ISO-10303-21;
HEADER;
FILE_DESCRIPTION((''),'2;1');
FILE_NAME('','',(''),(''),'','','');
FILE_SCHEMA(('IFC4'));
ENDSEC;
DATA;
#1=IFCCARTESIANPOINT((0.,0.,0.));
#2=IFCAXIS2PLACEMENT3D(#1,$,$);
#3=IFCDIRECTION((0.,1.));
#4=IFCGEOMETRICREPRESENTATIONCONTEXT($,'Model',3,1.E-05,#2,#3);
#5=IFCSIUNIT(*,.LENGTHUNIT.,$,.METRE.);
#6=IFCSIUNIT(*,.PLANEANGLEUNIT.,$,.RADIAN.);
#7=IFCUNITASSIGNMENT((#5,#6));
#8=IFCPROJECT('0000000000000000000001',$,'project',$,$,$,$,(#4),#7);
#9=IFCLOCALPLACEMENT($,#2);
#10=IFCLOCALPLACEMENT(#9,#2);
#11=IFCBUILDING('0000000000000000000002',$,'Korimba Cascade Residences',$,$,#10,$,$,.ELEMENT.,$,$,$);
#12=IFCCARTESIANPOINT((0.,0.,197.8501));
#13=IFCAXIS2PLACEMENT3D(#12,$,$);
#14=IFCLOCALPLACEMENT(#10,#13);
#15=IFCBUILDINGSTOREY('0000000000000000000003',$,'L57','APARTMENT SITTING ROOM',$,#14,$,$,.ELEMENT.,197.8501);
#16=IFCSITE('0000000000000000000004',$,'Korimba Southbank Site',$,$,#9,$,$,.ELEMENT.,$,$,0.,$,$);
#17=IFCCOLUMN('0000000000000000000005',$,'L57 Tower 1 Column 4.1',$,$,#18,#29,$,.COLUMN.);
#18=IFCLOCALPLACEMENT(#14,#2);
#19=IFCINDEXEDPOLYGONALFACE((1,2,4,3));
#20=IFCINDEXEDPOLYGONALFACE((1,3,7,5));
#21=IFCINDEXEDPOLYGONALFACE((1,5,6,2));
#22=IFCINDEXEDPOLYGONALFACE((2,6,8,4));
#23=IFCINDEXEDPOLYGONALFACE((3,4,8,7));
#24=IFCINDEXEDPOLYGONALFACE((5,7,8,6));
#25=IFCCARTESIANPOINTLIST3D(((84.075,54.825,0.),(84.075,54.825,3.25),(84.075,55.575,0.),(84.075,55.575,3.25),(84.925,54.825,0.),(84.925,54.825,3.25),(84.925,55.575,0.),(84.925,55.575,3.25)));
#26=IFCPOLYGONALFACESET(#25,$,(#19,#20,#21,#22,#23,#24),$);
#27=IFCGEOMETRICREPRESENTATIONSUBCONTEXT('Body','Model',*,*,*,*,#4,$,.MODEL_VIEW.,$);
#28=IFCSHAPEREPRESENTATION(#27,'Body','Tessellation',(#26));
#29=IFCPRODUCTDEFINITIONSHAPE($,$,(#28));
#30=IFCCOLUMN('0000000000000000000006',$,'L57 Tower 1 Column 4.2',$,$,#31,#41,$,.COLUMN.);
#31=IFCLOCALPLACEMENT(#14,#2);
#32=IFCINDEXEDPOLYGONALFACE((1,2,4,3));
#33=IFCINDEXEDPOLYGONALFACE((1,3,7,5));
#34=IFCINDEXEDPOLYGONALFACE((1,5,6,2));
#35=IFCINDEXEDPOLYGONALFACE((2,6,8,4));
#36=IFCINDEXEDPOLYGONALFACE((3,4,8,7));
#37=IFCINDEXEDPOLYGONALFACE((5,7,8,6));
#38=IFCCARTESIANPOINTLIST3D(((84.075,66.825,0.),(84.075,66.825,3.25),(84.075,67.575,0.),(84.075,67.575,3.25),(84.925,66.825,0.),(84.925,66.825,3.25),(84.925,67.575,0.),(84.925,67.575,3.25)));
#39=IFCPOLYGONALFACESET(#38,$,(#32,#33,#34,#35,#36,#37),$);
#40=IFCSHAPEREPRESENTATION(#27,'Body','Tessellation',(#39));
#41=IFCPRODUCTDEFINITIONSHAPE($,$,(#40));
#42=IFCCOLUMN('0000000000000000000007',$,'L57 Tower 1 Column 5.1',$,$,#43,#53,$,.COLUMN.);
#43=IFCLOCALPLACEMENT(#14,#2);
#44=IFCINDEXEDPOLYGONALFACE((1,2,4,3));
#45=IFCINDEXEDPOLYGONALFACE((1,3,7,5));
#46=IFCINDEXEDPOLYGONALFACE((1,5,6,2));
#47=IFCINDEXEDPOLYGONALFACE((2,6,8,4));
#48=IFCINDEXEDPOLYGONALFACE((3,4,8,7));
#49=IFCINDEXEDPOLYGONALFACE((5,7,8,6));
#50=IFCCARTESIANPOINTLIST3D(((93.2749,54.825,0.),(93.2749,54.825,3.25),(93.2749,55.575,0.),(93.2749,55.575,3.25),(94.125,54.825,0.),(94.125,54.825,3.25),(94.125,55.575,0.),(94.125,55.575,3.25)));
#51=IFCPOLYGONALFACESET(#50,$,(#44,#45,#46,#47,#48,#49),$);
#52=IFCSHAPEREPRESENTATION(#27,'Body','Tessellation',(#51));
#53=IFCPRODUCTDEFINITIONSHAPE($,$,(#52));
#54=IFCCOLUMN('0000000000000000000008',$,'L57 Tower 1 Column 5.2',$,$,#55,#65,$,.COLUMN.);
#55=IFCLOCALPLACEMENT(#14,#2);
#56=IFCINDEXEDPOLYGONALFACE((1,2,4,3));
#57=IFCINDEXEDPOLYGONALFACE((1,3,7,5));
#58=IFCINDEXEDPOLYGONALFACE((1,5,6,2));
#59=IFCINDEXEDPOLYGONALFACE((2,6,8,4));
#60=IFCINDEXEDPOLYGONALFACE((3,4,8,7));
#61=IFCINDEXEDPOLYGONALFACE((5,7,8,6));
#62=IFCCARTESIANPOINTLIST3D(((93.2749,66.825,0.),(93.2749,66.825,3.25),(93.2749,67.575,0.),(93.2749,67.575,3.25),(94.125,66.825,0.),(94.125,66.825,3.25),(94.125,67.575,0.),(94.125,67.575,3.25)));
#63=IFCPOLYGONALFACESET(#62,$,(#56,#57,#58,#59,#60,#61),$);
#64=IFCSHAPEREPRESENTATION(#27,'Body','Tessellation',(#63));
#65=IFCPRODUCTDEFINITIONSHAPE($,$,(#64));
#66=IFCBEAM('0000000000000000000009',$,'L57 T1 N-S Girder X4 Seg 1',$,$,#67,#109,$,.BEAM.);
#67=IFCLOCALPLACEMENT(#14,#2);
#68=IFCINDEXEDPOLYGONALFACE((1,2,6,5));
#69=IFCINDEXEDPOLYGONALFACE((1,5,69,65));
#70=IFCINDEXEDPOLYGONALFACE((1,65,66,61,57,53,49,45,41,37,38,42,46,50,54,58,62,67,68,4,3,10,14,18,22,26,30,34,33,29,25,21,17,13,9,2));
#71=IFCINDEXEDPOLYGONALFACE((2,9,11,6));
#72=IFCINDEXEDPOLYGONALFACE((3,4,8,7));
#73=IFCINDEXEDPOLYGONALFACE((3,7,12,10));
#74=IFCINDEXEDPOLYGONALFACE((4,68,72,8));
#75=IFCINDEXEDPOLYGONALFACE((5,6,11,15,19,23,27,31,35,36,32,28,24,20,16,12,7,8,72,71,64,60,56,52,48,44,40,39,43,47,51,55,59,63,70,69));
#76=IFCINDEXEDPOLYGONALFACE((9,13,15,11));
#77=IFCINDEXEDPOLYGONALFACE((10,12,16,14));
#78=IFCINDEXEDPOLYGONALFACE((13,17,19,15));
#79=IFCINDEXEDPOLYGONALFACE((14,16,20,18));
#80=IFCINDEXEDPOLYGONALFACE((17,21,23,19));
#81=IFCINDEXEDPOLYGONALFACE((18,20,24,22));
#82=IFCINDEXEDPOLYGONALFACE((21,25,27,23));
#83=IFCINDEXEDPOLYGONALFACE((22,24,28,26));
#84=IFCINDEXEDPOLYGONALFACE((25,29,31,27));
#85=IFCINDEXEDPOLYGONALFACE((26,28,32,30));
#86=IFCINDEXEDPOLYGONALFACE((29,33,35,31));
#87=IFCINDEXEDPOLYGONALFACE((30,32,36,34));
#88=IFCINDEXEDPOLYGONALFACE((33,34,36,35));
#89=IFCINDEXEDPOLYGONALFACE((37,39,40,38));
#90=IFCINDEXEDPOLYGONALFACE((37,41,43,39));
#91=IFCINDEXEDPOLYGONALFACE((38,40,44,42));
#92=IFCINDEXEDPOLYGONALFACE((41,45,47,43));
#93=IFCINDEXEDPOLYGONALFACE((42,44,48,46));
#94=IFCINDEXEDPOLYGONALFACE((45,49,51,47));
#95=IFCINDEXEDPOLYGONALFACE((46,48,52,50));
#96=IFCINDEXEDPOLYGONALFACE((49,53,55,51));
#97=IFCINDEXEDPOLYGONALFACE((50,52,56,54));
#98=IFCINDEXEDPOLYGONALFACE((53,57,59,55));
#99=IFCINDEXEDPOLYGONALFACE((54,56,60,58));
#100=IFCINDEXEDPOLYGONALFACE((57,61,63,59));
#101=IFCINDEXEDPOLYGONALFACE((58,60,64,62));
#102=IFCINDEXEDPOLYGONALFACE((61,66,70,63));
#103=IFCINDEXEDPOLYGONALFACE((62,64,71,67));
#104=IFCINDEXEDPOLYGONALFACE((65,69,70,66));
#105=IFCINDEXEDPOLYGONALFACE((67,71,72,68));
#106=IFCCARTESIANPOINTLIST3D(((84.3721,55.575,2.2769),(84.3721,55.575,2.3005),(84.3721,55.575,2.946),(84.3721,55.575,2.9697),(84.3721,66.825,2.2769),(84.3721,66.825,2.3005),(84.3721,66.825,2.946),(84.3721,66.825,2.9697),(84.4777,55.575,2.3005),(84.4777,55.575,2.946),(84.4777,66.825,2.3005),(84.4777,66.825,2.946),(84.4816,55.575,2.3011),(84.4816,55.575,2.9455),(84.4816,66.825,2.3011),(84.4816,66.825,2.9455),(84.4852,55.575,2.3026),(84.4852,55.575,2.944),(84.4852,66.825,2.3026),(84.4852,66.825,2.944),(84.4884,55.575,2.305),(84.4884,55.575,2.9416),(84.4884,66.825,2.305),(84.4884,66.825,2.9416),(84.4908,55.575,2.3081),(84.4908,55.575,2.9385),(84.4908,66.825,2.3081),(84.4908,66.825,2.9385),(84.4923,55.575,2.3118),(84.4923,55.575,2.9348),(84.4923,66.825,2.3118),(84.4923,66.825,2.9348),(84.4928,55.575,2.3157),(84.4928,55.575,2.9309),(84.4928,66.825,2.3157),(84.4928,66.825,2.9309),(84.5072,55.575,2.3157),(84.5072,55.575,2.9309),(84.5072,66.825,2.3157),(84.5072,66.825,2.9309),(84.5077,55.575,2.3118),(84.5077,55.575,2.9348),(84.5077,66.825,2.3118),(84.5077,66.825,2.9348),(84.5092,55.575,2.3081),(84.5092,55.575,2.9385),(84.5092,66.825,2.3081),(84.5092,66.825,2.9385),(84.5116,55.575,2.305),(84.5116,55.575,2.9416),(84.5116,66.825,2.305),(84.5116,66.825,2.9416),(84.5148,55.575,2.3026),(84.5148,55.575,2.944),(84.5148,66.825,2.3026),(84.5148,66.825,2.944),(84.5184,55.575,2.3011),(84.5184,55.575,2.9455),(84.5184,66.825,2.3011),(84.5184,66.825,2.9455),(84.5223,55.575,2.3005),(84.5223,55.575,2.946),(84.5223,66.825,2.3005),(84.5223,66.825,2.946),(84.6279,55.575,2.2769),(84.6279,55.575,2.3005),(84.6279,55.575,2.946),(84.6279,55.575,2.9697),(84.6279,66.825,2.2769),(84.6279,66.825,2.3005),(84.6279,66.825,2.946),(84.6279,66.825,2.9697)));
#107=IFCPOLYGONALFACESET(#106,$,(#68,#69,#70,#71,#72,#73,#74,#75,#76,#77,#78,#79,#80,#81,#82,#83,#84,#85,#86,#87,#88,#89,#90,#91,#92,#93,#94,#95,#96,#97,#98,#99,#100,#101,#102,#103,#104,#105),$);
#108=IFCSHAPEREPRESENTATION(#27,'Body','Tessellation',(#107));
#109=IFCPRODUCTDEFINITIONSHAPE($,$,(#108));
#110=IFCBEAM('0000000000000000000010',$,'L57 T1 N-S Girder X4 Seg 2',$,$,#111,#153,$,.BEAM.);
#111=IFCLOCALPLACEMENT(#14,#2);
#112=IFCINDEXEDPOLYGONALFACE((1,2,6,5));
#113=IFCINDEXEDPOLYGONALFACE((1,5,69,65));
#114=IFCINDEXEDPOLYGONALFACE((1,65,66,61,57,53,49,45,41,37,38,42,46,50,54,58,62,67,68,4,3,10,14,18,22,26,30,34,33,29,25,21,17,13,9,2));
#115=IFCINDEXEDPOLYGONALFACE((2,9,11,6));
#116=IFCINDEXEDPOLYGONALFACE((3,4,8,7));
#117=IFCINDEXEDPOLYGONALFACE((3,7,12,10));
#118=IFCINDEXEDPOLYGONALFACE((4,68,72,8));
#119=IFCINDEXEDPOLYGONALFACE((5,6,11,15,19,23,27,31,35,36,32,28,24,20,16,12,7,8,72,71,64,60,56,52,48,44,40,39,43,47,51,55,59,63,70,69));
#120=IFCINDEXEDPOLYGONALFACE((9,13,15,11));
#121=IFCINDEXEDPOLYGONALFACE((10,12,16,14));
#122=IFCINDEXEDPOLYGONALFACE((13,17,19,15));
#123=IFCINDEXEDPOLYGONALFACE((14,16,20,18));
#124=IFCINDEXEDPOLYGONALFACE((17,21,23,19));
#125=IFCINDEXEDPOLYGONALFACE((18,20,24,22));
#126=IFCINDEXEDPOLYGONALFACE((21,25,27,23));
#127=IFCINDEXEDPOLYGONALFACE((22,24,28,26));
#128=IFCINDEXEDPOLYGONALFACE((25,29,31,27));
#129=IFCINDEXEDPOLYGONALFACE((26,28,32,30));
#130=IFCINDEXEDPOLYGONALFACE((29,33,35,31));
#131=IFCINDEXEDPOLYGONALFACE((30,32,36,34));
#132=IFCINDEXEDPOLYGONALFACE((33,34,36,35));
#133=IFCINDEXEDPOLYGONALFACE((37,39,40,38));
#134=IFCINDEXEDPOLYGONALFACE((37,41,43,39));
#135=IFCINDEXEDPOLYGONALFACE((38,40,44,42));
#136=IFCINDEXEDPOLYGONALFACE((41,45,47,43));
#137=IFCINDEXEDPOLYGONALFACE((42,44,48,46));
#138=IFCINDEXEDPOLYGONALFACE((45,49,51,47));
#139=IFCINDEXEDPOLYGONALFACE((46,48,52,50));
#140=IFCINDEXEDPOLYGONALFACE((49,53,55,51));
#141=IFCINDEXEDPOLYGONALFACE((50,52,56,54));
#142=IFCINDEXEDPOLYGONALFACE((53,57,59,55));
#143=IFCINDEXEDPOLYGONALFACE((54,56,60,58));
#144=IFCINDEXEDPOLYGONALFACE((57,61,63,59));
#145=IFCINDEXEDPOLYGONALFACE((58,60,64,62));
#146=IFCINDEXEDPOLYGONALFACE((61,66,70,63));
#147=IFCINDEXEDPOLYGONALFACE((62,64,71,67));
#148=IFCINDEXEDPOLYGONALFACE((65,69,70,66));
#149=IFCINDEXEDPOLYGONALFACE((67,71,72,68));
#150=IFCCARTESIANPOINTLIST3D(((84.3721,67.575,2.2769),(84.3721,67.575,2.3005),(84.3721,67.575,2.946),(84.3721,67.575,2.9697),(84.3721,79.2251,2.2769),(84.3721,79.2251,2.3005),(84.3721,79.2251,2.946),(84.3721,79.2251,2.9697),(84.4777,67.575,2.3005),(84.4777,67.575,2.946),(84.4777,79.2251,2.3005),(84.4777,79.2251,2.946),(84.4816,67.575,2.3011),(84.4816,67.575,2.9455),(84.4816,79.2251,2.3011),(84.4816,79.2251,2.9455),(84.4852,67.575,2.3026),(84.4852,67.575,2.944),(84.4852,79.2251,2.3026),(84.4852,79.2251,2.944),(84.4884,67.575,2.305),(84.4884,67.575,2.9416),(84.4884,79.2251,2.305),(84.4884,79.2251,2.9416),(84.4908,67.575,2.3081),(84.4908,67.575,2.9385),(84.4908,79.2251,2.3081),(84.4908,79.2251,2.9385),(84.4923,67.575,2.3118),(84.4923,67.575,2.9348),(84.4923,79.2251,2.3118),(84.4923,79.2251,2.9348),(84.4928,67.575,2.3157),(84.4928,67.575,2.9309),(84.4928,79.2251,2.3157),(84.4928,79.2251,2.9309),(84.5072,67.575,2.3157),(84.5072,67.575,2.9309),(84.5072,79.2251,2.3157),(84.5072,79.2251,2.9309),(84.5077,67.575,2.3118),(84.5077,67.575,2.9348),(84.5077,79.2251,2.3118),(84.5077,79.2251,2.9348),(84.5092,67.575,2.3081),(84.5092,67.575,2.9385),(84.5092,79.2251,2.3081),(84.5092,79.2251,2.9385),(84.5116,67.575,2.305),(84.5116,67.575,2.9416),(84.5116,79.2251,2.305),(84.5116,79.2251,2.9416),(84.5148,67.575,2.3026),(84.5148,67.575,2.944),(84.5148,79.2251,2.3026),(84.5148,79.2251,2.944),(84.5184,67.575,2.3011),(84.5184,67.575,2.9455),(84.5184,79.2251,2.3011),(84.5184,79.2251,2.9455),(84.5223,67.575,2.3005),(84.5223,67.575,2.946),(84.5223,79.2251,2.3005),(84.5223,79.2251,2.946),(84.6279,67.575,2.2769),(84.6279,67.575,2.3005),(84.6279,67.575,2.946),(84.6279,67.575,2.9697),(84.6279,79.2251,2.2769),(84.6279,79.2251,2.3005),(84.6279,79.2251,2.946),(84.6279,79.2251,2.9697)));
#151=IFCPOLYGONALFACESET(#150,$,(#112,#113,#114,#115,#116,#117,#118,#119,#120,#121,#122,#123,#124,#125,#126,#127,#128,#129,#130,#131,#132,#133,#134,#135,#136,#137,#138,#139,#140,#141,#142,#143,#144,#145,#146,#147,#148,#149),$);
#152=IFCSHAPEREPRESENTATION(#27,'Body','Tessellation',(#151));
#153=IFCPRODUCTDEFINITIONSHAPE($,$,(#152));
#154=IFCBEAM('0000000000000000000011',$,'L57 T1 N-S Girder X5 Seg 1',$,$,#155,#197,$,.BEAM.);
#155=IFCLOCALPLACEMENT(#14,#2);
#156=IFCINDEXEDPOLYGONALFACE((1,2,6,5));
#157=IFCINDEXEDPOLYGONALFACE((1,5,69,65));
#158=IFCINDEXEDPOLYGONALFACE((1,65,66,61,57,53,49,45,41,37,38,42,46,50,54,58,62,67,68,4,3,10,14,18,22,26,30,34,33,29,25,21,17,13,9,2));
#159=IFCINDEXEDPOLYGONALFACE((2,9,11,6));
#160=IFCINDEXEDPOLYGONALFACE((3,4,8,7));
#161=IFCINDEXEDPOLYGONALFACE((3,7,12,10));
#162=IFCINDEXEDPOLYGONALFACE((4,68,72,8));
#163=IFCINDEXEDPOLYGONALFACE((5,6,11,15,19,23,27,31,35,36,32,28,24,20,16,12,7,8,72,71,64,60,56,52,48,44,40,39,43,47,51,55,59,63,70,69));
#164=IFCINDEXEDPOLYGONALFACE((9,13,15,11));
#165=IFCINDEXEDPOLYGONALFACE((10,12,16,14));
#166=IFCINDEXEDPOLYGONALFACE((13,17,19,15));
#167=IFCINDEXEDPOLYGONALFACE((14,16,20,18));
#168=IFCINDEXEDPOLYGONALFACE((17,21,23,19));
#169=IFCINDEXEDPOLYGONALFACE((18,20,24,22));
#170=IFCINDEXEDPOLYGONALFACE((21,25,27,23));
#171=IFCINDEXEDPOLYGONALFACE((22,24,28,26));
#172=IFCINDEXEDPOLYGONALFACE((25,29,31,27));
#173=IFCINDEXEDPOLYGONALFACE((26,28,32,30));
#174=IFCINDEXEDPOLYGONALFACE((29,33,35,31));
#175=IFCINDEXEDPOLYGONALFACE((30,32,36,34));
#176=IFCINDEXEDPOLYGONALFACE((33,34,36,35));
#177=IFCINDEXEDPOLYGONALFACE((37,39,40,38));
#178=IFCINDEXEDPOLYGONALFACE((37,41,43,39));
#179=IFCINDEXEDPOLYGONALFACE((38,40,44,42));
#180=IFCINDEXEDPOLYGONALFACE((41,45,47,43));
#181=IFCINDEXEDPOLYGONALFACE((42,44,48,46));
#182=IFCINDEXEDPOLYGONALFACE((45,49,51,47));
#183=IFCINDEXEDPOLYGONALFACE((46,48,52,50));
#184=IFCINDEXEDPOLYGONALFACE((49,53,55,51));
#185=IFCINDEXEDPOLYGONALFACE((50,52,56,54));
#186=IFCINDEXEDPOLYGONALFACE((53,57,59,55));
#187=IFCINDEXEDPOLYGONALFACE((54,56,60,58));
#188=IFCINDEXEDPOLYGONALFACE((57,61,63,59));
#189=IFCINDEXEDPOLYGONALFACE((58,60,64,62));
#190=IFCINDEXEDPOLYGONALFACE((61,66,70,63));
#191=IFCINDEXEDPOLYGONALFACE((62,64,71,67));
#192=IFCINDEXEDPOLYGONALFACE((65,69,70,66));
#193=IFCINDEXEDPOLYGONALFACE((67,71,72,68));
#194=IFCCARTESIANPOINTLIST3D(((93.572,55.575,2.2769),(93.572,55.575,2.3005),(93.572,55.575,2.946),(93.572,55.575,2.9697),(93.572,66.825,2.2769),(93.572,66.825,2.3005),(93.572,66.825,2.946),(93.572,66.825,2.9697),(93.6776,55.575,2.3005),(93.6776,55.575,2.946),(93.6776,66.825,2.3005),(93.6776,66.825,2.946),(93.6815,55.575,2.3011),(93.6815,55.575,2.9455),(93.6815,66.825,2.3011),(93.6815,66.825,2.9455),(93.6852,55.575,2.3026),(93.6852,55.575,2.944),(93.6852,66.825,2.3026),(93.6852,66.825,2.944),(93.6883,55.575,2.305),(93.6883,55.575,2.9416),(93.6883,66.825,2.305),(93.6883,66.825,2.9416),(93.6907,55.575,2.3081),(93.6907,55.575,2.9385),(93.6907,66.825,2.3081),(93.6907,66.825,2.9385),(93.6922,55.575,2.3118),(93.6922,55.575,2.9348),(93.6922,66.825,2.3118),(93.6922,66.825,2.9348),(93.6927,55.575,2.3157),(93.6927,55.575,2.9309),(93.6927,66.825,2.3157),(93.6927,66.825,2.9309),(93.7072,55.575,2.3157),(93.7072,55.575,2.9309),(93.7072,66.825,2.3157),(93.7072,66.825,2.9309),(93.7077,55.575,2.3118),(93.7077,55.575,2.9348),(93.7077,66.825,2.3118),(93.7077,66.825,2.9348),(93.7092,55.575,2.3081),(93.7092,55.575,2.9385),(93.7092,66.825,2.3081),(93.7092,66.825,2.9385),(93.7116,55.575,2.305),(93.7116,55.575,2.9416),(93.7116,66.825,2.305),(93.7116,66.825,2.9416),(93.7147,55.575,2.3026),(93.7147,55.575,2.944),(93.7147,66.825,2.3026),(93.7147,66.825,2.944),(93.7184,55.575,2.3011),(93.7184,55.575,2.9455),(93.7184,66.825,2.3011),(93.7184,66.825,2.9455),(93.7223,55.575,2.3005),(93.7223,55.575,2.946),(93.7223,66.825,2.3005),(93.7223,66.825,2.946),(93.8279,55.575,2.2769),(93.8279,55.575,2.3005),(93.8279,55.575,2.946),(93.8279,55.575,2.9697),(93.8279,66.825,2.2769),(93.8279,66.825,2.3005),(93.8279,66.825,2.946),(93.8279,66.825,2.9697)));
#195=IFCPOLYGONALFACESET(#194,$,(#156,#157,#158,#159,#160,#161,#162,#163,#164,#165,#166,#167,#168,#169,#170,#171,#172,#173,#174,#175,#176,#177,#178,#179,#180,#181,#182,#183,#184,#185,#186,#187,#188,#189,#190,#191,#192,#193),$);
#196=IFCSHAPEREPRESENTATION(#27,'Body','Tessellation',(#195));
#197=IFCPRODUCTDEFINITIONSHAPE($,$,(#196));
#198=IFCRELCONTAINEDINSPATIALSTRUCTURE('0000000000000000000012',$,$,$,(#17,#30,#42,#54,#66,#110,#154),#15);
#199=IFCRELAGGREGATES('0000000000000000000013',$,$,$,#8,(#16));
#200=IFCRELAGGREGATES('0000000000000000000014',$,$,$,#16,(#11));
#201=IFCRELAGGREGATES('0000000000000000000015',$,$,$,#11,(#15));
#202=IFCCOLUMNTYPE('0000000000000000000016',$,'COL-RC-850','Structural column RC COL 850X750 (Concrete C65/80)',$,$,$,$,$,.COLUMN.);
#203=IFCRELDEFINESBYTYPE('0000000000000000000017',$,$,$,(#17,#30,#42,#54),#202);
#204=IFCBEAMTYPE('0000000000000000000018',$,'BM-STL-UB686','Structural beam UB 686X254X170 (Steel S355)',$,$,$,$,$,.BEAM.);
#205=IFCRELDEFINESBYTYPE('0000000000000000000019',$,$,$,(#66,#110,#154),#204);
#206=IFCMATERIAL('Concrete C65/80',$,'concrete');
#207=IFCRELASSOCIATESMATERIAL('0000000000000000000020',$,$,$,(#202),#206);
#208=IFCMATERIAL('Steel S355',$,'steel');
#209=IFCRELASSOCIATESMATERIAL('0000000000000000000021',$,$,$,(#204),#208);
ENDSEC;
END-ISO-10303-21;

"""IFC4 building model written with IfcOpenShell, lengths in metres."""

from ifc_helpers import new_model, si_unit, direction, frame, origin, origin_2d, place, context, subcontext, project, spatial, rectangle, i_section, extrude, material, material_profile, profile_set, type_object, element, save


model = new_model("IFC4")

# Units and contexts
model_context = context("Model", 3, precision=1e-05, world=origin(), true_north=direction((0.0, 1.0)))
body_context = subcontext(model_context, "Body", "Model", "MODEL_VIEW")
ifc_project = project(units=[si_unit("LENGTHUNIT", "METRE"), si_unit("PLANEANGLEUNIT", "RADIAN")], contexts=[model_context])

# Site, building, storey
site_placement = place(None, origin())
site = spatial("IfcSite", under=ifc_project, at=site_placement, Name="Korimba Southbank Site", CompositionType="ELEMENT", RefElevation=0.0)
building_placement = place(site_placement, origin())
building = spatial("IfcBuilding", under=site, at=building_placement, Name="Korimba Cascade Residences", CompositionType="ELEMENT")
storey_placement = place(building_placement, frame((0.0, 0.0, 197.8501)))
storey = spatial("IfcBuildingStorey", under=building, at=storey_placement, Name="L57", Description="APARTMENT SITTING ROOM", CompositionType="ELEMENT", Elevation=197.8501)

# Columns
ifc_material_1 = material(Name="Concrete C65/80", Category="concrete")
ifc_material_profile_1 = material_profile(ifc_material_1, rectangle(XDim=0.8501, YDim=0.75, at=origin_2d()), Name="Concrete C65/80")
ifc_profile_set_1 = profile_set([ifc_material_profile_1], Name="Concrete C65/80")
column_type = type_object("IfcColumnType", Name="COL-RC-850", Description="Structural column RC COL 850X750 (Concrete C65/80)", PredefinedType="COLUMN", material=ifc_profile_set_1)
for number, where, z_axis, x_axis, name in (
    (1, (84.5, 55.2, 0.0), (0.0, 0.0, 1.0), (1.0, 0.0, 0.0), "L57 Tower 1 Column 4.1"),
    (2, (84.5, 67.2, 0.0), (0.0, 0.0, 1.0), (1.0, 0.0, 0.0), "L57 Tower 1 Column 4.2"),
    (3, (93.7, 55.2, 0.0), (0.0, 0.0, 1.0), (1.0, 0.0, 0.0), "L57 Tower 1 Column 5.1"),
    (4, (93.7, 67.2, 0.0), (0.0, 0.0, 1.0), (1.0, 0.0, 0.0), "L57 Tower 1 Column 5.2"),
):
    element("IfcColumn", number, at=place(storey_placement, frame(where, z_axis=z_axis, x_axis=x_axis)), inside=storey, type_object=column_type, Name=name, PredefinedType="COLUMN", context=body_context, shape_type="SweptSolid", body=[
        extrude(rectangle(XDim=0.8501, YDim=0.75, at=origin_2d()), origin(), (0.0, 0.0, 1.0), 3.25),
    ])

# Beams
ifc_material_2 = material(Name="Steel S355", Category="steel")
ifc_material_profile_2 = material_profile(ifc_material_2, i_section(OverallWidth=0.2559, OverallDepth=0.6929, WebThickness=0.0144, FlangeThickness=0.0237, FilletRadius=0.0151, at=origin_2d()), Name="Steel S355")
ifc_profile_set_2 = profile_set([ifc_material_profile_2], Name="Steel S355")
beam_type = type_object("IfcBeamType", Name="BM-STL-UB686", Description="Structural beam UB 686X254X170 (Steel S355)", PredefinedType="BEAM", material=ifc_profile_set_2)
beam_1_placement = place(storey_placement, frame((84.5, 55.575, 2.6233), z_axis=(0.0, 1.0, 0.0), x_axis=(-1.0, 0.0, 0.0)))
element("IfcBeam", 5, at=beam_1_placement, inside=storey, type_object=beam_type, Name="L57 T1 N-S Girder X4 Seg 1", PredefinedType="BEAM", context=body_context, shape_type="SweptSolid", body=[
    extrude(i_section(OverallWidth=0.2559, OverallDepth=0.6929, WebThickness=0.0144, FlangeThickness=0.0237, FilletRadius=0.0151, at=origin_2d()), origin(), (0.0, 0.0, 1.0), 11.25),
])
beam_2_placement = place(storey_placement, frame((84.5, 67.575, 2.6233), z_axis=(0.0, 1.0, 0.0), x_axis=(-1.0, 0.0, 0.0)))
element("IfcBeam", 6, at=beam_2_placement, inside=storey, type_object=beam_type, Name="L57 T1 N-S Girder X4 Seg 2", PredefinedType="BEAM", context=body_context, shape_type="SweptSolid", body=[
    extrude(i_section(OverallWidth=0.2559, OverallDepth=0.6929, WebThickness=0.0144, FlangeThickness=0.0237, FilletRadius=0.0151, at=origin_2d()), origin(), (0.0, 0.0, 1.0), 11.6501),
])
beam_3_placement = place(storey_placement, frame((93.7, 55.575, 2.6233), z_axis=(0.0, 1.0, 0.0), x_axis=(-1.0, 0.0, 0.0)))
element("IfcBeam", 7, at=beam_3_placement, inside=storey, type_object=beam_type, Name="L57 T1 N-S Girder X5 Seg 1", PredefinedType="BEAM", context=body_context, shape_type="SweptSolid", body=[
    extrude(i_section(OverallWidth=0.2559, OverallDepth=0.6929, WebThickness=0.0144, FlangeThickness=0.0237, FilletRadius=0.0151, at=origin_2d()), origin(), (0.0, 0.0, 1.0), 11.25),
])

save(model, "model.ifc")
